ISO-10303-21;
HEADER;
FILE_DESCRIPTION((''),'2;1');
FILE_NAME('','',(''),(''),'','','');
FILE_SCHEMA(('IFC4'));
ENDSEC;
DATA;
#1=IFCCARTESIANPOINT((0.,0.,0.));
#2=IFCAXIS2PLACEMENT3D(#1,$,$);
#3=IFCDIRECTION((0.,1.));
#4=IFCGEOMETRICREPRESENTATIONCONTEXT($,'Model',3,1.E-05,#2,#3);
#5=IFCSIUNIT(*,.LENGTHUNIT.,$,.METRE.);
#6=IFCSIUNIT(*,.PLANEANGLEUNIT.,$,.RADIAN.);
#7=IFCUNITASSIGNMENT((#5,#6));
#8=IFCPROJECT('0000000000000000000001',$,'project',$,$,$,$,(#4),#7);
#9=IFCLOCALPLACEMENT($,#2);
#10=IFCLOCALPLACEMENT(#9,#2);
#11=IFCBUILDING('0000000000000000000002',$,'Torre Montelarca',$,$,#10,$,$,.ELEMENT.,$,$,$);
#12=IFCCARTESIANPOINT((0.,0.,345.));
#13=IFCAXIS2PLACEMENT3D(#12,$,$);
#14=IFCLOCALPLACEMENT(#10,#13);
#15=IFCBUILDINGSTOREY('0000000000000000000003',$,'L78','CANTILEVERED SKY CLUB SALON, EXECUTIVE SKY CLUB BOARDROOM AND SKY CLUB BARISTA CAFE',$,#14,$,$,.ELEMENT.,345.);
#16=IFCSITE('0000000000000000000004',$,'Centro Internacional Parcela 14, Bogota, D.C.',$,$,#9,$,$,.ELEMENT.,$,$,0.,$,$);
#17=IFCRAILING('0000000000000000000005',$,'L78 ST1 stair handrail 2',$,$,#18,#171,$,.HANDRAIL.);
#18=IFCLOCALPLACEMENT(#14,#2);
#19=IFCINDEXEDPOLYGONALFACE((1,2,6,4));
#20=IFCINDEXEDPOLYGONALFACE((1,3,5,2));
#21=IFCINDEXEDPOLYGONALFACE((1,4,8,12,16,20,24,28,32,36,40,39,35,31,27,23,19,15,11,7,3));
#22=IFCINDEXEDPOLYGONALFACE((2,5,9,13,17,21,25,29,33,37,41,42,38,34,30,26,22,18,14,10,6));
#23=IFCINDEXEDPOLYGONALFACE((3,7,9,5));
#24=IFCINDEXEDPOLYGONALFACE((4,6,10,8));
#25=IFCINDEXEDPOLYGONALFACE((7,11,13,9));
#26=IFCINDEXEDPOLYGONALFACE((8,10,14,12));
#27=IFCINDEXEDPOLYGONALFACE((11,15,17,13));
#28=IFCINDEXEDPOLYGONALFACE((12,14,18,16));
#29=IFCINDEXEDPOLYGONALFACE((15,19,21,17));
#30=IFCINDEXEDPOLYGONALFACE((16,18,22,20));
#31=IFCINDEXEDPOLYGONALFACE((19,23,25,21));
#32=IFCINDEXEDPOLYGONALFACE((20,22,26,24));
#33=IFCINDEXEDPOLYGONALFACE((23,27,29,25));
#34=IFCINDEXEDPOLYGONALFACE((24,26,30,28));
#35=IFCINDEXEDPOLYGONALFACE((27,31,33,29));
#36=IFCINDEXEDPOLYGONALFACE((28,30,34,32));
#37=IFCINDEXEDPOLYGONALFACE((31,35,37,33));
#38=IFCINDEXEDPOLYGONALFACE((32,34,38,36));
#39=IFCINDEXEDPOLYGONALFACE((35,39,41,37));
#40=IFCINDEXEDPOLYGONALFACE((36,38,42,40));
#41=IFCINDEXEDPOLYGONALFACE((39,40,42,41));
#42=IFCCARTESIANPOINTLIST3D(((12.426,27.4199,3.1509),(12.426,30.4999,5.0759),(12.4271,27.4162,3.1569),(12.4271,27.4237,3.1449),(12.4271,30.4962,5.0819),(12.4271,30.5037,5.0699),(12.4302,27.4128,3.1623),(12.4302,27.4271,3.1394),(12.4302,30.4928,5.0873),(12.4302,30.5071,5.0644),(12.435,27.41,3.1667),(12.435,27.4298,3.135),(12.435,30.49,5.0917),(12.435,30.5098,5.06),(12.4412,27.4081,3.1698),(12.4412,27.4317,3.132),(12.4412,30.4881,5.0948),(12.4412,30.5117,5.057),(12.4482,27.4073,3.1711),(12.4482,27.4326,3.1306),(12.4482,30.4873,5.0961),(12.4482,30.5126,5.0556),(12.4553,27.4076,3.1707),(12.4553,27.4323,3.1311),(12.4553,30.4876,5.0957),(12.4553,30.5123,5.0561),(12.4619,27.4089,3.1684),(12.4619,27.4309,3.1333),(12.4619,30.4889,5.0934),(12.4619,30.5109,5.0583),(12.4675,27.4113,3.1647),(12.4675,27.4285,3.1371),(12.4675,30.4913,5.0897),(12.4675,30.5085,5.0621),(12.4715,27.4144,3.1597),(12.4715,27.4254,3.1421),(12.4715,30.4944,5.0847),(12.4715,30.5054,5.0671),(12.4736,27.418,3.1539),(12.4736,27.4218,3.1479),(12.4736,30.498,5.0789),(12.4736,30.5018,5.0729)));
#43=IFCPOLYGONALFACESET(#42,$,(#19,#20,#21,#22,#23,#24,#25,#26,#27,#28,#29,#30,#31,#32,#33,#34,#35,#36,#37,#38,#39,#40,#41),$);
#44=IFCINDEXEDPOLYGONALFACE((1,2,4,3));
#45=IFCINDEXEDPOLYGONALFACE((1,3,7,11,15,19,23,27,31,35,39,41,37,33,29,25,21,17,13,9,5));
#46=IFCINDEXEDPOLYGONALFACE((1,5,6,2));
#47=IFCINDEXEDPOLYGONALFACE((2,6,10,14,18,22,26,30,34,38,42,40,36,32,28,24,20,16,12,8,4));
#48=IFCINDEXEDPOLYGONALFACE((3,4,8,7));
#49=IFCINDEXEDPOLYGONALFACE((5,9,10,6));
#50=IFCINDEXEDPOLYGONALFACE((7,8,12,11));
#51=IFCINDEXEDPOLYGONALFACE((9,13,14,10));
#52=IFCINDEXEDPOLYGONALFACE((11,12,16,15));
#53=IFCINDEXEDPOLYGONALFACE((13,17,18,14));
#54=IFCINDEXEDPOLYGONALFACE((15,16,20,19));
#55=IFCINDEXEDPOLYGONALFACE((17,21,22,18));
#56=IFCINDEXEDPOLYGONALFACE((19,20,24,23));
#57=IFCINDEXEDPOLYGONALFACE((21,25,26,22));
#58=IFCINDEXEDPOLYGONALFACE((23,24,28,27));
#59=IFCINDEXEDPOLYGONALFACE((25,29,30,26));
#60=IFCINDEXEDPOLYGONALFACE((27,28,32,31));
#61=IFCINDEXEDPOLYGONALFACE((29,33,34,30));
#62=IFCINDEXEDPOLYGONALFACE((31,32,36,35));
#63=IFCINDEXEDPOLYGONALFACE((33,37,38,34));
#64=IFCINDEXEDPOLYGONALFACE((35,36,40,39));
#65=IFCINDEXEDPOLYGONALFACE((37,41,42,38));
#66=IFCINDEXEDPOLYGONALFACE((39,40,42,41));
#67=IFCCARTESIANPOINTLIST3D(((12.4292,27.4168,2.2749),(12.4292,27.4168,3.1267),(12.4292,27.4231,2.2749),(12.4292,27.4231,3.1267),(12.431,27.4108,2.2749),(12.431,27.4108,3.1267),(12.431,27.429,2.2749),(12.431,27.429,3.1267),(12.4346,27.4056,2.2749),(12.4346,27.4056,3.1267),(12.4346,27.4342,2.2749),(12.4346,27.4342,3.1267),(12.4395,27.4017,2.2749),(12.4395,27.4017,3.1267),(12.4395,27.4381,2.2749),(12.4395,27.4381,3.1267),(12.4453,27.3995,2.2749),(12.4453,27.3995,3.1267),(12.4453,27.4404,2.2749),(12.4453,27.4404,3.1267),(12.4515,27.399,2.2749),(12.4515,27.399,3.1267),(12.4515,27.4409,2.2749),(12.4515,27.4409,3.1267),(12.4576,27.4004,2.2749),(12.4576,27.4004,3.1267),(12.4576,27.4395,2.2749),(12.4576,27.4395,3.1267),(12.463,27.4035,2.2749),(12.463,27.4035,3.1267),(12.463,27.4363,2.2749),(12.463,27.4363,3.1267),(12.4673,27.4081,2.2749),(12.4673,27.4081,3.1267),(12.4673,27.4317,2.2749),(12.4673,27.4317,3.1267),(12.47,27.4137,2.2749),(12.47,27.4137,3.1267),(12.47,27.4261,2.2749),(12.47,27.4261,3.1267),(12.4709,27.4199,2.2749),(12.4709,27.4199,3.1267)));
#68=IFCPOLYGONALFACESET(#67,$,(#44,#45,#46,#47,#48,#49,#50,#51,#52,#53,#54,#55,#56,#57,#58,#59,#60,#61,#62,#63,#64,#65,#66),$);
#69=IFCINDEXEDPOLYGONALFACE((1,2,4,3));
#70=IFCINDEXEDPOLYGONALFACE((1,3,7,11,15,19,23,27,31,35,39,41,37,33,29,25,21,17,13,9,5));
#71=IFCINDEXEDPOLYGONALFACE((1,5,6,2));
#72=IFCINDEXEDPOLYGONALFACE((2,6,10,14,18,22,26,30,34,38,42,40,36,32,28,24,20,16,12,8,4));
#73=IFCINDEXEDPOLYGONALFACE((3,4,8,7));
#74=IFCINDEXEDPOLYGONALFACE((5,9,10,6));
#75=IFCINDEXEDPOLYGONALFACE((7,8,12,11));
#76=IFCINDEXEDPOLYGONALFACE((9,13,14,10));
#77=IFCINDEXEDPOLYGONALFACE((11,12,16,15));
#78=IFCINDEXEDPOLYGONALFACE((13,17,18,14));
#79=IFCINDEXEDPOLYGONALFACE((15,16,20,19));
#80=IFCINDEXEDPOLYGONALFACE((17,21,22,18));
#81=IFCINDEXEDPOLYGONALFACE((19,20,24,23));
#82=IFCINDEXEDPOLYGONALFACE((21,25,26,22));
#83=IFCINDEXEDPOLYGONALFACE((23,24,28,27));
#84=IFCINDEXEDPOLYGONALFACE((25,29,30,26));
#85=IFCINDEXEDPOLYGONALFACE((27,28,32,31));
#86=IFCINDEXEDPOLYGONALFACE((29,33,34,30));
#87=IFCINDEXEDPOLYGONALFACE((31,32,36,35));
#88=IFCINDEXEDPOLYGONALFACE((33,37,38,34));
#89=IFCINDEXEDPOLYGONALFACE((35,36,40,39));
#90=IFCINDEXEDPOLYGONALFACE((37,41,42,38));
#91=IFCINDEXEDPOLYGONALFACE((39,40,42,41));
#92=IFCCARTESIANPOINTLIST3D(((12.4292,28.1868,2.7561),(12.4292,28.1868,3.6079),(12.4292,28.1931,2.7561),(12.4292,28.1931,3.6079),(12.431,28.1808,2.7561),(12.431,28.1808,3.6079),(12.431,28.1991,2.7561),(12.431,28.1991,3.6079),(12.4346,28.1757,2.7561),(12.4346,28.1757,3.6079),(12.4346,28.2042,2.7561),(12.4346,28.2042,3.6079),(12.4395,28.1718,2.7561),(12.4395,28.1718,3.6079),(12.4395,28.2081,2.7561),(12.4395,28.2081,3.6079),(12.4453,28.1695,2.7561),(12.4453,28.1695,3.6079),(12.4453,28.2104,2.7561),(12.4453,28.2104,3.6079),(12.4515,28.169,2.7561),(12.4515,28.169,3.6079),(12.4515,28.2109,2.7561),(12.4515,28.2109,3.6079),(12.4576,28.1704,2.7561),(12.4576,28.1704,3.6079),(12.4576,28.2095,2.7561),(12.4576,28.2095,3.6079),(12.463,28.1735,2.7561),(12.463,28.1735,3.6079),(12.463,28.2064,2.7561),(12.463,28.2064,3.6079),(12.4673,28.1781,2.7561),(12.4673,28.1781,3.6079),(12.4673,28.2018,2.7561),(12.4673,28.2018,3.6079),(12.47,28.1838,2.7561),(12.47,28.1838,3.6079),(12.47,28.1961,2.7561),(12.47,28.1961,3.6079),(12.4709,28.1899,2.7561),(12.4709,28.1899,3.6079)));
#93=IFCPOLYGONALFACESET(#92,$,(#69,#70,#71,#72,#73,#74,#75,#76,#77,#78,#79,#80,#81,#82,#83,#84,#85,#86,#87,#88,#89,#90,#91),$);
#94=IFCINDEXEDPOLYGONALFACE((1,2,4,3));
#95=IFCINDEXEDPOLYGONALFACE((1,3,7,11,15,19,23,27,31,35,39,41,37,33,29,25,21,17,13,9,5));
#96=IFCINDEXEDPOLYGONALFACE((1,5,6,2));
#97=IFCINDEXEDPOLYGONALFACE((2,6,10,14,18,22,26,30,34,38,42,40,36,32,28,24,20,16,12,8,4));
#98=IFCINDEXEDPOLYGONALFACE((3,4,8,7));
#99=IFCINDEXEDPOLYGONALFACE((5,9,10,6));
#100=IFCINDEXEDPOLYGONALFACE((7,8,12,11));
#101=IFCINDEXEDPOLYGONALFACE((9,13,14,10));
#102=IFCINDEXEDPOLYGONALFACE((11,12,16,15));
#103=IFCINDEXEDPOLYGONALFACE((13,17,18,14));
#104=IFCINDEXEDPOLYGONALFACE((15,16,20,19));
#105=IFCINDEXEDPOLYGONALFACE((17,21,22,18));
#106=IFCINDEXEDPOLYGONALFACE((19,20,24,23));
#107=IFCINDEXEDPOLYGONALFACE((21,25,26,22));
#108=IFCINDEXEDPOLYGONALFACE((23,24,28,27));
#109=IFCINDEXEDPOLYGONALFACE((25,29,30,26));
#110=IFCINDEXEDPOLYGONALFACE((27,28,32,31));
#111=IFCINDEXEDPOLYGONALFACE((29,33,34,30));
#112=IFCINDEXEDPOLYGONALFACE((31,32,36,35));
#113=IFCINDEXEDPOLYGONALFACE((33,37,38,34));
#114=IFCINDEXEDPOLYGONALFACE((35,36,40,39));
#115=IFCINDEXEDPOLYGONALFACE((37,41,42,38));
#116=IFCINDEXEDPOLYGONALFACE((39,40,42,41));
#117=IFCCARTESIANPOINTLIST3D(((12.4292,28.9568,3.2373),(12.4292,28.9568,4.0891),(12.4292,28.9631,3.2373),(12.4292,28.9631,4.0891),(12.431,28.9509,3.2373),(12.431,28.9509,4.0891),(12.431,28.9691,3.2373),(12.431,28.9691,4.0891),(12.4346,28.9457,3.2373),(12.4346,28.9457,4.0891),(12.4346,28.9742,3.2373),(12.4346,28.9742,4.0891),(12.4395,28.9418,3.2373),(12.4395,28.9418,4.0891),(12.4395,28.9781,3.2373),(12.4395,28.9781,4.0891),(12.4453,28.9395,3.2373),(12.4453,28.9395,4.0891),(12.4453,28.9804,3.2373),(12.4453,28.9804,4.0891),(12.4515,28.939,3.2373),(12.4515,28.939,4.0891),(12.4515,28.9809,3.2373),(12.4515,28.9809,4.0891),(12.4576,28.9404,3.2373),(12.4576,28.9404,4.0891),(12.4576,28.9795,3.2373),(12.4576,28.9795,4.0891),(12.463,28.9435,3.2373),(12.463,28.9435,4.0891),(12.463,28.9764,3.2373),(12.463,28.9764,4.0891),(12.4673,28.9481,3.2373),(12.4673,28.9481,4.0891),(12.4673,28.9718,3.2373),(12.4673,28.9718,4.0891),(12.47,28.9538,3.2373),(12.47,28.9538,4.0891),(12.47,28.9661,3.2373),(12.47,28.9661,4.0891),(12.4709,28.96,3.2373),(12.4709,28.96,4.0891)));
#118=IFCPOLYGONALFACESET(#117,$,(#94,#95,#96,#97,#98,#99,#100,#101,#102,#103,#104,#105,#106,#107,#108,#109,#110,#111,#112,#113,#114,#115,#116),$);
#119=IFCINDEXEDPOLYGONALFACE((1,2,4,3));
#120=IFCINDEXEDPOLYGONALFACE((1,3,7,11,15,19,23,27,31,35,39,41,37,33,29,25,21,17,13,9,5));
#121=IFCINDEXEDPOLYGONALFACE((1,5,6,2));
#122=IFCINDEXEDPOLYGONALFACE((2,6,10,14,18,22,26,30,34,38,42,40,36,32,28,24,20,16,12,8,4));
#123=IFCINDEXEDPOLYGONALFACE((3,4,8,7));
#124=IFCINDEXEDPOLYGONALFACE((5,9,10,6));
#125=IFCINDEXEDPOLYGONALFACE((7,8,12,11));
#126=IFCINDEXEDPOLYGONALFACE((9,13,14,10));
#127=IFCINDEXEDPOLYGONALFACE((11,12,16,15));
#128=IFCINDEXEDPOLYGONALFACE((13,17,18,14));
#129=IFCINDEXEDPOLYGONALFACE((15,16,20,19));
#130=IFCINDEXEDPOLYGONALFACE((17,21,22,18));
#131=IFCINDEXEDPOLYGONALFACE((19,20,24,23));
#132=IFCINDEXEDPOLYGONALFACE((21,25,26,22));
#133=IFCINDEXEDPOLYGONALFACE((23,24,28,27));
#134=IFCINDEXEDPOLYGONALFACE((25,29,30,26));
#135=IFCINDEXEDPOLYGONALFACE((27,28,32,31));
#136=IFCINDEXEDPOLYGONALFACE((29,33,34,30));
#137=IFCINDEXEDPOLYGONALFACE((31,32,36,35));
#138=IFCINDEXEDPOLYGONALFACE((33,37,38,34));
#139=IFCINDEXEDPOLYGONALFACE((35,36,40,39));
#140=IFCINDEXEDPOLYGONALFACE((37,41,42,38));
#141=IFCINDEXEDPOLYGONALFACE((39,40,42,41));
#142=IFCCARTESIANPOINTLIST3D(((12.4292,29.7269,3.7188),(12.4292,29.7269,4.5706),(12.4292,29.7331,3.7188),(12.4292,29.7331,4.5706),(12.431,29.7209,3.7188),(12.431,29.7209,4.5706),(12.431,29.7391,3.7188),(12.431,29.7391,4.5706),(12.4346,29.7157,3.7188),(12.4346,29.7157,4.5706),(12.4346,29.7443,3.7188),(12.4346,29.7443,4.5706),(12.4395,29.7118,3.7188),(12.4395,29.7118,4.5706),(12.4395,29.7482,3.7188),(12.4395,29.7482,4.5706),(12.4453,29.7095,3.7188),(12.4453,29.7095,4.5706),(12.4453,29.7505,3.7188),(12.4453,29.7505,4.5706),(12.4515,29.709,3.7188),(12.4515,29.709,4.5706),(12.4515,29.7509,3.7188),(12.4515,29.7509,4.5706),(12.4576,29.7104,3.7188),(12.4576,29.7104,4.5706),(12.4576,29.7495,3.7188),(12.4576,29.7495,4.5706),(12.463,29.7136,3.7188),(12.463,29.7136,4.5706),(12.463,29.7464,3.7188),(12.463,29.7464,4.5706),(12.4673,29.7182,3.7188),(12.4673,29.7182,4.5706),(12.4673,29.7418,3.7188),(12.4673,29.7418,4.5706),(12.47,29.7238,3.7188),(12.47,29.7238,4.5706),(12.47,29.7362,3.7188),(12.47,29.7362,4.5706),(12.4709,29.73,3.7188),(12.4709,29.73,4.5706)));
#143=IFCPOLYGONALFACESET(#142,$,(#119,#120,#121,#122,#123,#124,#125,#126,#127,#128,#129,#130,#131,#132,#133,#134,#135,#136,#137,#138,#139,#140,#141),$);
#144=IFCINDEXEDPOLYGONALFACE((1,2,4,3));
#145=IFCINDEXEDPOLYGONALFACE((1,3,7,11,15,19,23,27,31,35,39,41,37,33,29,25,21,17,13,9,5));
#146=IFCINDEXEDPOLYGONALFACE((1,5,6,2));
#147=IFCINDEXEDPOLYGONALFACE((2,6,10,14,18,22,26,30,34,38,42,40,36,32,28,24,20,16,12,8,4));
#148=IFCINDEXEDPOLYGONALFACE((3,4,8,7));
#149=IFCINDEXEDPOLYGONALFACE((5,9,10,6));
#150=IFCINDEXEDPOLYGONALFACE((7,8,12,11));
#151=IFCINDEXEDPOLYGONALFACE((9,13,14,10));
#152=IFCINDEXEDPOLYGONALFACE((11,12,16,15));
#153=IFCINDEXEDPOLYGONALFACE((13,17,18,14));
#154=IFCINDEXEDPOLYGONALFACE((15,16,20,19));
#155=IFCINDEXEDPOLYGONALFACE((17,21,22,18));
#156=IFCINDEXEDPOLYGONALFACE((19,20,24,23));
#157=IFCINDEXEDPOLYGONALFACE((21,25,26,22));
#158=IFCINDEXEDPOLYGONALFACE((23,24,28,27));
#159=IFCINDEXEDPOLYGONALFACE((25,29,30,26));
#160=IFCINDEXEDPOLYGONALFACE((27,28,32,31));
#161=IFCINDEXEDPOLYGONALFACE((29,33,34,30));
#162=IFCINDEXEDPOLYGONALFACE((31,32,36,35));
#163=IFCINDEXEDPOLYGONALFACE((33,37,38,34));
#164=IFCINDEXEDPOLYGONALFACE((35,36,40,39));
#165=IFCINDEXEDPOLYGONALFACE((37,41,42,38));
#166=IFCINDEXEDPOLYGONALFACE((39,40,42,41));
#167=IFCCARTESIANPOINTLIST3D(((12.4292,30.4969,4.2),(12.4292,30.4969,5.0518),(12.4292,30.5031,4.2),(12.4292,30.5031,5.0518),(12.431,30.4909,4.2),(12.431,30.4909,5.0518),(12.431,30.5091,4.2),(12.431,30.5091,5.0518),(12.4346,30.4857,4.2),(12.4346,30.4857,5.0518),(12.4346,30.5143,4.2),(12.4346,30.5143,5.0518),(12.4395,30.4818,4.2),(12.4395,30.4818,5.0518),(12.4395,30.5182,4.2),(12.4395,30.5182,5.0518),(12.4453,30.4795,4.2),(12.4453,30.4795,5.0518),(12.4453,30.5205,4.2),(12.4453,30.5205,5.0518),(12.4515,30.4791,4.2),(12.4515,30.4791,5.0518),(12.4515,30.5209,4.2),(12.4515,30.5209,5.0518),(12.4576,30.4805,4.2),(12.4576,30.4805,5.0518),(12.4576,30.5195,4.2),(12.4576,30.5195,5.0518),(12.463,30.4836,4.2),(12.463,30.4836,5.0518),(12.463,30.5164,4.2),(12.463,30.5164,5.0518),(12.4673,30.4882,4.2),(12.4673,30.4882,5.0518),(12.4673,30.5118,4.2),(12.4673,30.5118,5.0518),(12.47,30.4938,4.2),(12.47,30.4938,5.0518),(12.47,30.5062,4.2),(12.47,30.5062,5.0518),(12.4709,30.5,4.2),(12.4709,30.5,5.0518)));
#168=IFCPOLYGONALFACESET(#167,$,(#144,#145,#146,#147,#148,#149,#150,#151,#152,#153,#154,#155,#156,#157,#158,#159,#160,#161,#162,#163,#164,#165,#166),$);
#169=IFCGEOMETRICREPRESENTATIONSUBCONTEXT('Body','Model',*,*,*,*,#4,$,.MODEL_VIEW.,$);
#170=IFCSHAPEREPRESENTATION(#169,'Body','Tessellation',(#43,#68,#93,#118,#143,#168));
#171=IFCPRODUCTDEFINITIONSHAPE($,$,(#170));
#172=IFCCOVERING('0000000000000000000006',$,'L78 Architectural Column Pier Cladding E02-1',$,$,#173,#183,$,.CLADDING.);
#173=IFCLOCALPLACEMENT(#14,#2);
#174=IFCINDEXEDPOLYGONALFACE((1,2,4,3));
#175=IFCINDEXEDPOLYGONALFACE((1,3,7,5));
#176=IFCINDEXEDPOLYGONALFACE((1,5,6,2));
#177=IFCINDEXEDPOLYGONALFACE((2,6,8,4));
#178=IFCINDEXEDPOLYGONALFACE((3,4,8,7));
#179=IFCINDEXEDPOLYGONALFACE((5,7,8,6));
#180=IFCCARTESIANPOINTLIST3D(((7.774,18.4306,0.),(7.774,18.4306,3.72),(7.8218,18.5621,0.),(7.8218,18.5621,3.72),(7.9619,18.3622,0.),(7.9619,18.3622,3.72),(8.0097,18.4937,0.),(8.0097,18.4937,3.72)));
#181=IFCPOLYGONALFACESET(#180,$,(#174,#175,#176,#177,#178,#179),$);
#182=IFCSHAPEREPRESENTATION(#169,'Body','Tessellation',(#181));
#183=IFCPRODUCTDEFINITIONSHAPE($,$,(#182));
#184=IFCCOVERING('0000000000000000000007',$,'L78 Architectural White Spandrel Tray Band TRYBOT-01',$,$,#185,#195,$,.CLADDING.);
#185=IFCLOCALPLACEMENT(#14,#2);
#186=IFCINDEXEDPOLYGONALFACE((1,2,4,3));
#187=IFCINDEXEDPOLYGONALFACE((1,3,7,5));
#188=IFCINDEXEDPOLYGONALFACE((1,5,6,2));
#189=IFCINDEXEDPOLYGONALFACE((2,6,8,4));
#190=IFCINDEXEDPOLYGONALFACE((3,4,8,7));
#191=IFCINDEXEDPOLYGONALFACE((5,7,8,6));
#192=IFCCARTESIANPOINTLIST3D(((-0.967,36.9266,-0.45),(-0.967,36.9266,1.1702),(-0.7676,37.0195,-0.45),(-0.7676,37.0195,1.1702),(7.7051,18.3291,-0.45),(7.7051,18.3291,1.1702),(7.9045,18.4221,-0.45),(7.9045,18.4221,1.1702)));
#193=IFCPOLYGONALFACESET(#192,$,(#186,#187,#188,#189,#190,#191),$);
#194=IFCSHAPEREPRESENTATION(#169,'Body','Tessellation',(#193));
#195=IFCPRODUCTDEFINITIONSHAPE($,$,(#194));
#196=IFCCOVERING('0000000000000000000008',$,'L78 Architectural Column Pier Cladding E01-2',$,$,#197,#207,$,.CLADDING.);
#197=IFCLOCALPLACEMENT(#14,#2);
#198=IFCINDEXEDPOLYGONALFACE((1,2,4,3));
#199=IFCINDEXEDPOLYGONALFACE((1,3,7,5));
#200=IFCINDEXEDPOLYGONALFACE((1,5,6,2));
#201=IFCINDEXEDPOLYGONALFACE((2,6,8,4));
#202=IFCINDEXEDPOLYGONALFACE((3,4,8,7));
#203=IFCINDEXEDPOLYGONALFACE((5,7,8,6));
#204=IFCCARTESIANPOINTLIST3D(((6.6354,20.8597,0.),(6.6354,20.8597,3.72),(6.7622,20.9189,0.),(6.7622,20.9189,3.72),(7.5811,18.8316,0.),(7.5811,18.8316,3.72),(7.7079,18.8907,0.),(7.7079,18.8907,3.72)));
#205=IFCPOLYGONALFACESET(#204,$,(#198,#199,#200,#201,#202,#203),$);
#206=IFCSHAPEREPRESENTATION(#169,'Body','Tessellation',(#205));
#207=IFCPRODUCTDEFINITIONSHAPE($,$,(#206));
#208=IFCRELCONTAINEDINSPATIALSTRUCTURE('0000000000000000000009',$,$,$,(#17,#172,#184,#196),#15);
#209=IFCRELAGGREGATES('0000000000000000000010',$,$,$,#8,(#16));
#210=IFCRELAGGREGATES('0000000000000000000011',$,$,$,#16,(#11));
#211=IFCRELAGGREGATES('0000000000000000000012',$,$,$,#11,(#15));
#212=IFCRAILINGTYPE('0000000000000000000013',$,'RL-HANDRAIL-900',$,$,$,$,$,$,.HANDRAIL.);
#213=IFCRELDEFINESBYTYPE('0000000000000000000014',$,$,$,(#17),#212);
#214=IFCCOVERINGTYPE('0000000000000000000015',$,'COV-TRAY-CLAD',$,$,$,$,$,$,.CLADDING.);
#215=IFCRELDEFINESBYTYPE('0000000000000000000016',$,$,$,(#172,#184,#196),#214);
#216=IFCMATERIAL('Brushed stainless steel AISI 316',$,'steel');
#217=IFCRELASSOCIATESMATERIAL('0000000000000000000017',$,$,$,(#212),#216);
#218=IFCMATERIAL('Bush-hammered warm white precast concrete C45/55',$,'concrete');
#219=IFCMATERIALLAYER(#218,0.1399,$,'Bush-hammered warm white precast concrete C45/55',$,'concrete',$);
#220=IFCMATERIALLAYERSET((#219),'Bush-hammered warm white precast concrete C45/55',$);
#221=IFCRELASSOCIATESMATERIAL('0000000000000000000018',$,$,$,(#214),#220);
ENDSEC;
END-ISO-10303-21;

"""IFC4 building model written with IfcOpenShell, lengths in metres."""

from ifc_helpers import new_model, si_unit, direction, frame, origin, origin_2d, place, context, subcontext, project, spatial, rectangle, circle, extrude, source, transform, mapped, material, layer, layer_set, type_object, element, save


model = new_model("IFC4")

# Units and contexts
model_context = context("Model", 3, precision=1e-05, world=origin(), true_north=direction((0.0, 1.0)))
body_context = subcontext(model_context, "Body", "Model", "MODEL_VIEW")
ifc_project = project(units=[si_unit("LENGTHUNIT", "METRE"), si_unit("PLANEANGLEUNIT", "RADIAN")], contexts=[model_context])

# Site, building, storey
site_placement = place(None, origin())
site = spatial("IfcSite", under=ifc_project, at=site_placement, Name="Centro Internacional Parcela 14, Bogota, D.C.", CompositionType="ELEMENT", RefElevation=0.0)
building_placement = place(site_placement, origin())
building = spatial("IfcBuilding", under=site, at=building_placement, Name="Torre Montelarca", CompositionType="ELEMENT")
storey_placement = place(building_placement, frame((0.0, 0.0, 345.0)))
storey = spatial("IfcBuildingStorey", under=building, at=storey_placement, Name="L78", Description="CANTILEVERED SKY CLUB SALON, EXECUTIVE SKY CLUB BOARDROOM AND SKY CLUB BARISTA CAFE", CompositionType="ELEMENT", Elevation=345.0)

# Railing
ifc_material_1 = material(Name="Brushed stainless steel AISI 316", Category="steel")
railing_type_1 = type_object("IfcRailingType", Name="RL-HANDRAIL-900", PredefinedType="HANDRAIL", material=ifc_material_1)
railing_1_placement = place(storey_placement, frame((12.45, 27.4199, 2.2749)))
element("IfcRailing", 1, at=railing_1_placement, inside=storey, type_object=railing_type_1, Name="L78 ST1 stair handrail 2", PredefinedType="HANDRAIL", context=body_context, shape_type="SweptSolid", body=[
    extrude(circle(Radius=0.0239, at=origin_2d()), frame((0.0, 0.0, 0.876), z_axis=(0.0, 0.847998, 0.529999), x_axis=(-1.0, 0.0, 0.0)), (0.0, 0.0, 1.0), 3.6321),
    extrude(circle(Radius=0.021, at=origin_2d()), origin(), (0.0, 0.0, 1.0), 0.8518),
    extrude(circle(Radius=0.021, at=origin_2d()), frame((0.0, 0.77, 0.4812)), (0.0, 0.0, 1.0), 0.8518),
    extrude(circle(Radius=0.021, at=origin_2d()), frame((0.0, 1.54, 0.9624)), (0.0, 0.0, 1.0), 0.8518),
    extrude(circle(Radius=0.021, at=origin_2d()), frame((0.0, 2.3101, 1.4438)), (0.0, 0.0, 1.0), 0.8518),
    extrude(circle(Radius=0.021, at=origin_2d()), frame((0.0, 3.0801, 1.925)), (0.0, 0.0, 1.0), 0.8518),
])

# Coverings
ifc_material_2 = material(Name="Bush-hammered warm white precast concrete C45/55", Category="concrete")
ifc_layer_1 = layer(ifc_material_2, 0.1399, Name="Bush-hammered warm white precast concrete C45/55", Category="concrete")
ifc_layer_set_1 = layer_set([ifc_layer_1], Name="Bush-hammered warm white precast concrete C45/55")
covering_type = type_object("IfcCoveringType", Name="COV-TRAY-CLAD", PredefinedType="CLADDING", material=ifc_layer_set_1)
shared_shape_1 = source(origin(), body_context, "Body", "SweptSolid", [
    extrude(rectangle(XDim=0.2, YDim=0.1399, at=origin_2d()), origin(), (0.0, 0.0, 1.0), 3.72),
])
covering_1_placement = place(storey_placement, frame((7.8918, 18.4622, 0.0), z_axis=(0.0, 0.0, 1.0), x_axis=(0.939693, -0.342019, 0.0)))
element("IfcCovering", 2, at=covering_1_placement, inside=storey, type_object=covering_type, Name="L78 Architectural Column Pier Cladding E02-1", PredefinedType="CLADDING", context=body_context, shape_type="MappedRepresentation", body=[
    mapped(shared_shape_1, transform((0.0, 0.0, 0.0), scale=1.0)),
])
shared_shape_2 = source(origin(), body_context, "Body", "SweptSolid", [
    extrude(rectangle(XDim=20.52, YDim=0.22, at=origin_2d()), origin(), (0.0, 0.0, 1.0), 1.6201),
])
covering_2_placement = place(storey_placement, frame((3.4688, 27.6743, -0.45), z_axis=(0.0, 0.0, 1.0), x_axis=(0.422617, -0.906309, 0.0)))
element("IfcCovering", 3, at=covering_2_placement, inside=storey, type_object=covering_type, Name="L78 Architectural White Spandrel Tray Band TRYBOT-01", PredefinedType="CLADDING", context=body_context, shape_type="MappedRepresentation", body=[
    mapped(shared_shape_2, transform((0.0, 0.0, 0.0), scale=1.0)),
])
shared_shape_3 = source(origin(), body_context, "Body", "SweptSolid", [
    extrude(rectangle(XDim=2.2378, YDim=0.1399, at=origin_2d()), origin(), (0.0, 0.0, 1.0), 3.72),
])
covering_3_placement = place(storey_placement, frame((7.1716, 19.8752, 0.0), z_axis=(0.0, 0.0, 1.0), x_axis=(0.422617, -0.906309, 0.0)))
element("IfcCovering", 4, at=covering_3_placement, inside=storey, type_object=covering_type, Name="L78 Architectural Column Pier Cladding E01-2", PredefinedType="CLADDING", context=body_context, shape_type="MappedRepresentation", body=[
    mapped(shared_shape_3, transform((0.0, 0.0, 0.0), scale=1.0)),
])

save(model, "model.ifc")
